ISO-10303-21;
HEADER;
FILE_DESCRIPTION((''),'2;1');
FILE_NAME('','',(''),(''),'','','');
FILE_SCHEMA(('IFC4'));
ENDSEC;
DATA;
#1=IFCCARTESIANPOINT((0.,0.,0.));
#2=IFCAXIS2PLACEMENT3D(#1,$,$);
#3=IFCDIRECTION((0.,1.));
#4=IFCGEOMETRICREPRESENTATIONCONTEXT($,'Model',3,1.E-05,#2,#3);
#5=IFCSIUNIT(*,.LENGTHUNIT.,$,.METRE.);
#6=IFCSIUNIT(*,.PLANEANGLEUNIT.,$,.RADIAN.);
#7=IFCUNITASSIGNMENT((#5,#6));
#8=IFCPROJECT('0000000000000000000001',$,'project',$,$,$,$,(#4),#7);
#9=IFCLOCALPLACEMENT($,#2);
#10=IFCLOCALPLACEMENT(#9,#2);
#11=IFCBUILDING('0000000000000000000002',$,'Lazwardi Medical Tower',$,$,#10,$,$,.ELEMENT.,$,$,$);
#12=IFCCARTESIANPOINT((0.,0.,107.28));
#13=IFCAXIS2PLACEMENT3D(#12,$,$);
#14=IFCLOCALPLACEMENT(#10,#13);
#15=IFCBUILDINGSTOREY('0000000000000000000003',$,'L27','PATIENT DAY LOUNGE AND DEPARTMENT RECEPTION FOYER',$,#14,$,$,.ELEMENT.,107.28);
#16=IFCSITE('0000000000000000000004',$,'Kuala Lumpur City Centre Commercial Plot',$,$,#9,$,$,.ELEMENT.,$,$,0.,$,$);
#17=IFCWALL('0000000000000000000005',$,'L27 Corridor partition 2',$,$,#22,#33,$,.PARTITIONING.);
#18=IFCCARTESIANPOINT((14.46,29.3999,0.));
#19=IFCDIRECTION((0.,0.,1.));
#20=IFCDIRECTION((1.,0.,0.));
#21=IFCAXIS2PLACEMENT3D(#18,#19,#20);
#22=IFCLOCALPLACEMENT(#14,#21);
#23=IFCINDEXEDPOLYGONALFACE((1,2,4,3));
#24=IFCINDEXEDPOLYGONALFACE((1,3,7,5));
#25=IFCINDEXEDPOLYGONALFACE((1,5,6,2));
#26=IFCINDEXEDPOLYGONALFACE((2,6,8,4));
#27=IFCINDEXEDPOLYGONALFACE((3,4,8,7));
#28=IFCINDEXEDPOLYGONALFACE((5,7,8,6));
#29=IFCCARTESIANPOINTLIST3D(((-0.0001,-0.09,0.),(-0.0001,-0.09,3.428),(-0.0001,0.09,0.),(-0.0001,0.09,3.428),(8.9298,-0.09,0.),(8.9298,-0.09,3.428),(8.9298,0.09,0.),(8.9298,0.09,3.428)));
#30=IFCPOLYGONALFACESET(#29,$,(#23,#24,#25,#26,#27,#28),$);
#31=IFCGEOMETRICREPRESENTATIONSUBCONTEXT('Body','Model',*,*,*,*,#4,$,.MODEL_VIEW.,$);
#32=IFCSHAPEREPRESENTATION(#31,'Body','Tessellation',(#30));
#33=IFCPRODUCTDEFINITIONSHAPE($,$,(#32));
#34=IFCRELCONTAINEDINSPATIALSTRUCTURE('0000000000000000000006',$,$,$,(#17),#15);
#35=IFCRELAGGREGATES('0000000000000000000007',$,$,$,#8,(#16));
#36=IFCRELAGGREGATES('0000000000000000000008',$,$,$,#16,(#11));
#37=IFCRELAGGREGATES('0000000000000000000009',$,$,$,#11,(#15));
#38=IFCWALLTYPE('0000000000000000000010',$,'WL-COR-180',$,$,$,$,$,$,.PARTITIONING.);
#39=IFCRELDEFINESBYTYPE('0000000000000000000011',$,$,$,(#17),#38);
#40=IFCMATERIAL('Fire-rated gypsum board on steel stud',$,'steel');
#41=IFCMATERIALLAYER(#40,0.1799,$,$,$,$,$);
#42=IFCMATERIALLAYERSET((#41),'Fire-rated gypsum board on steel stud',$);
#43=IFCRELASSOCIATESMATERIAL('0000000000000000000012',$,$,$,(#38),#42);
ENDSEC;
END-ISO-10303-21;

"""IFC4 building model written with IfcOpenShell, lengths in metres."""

from ifc_helpers import new_model, si_unit, direction, frame, frame_2d, origin, place, context, subcontext, project, spatial, rectangle, extrude, material, layer, layer_set, type_object, element, save


model = new_model("IFC4")

# Units and contexts
model_context = context("Model", 3, precision=1e-05, world=origin(), true_north=direction((0.0, 1.0)))
body_context = subcontext(model_context, "Body", "Model", "MODEL_VIEW")
ifc_project = project(units=[si_unit("LENGTHUNIT", "METRE"), si_unit("PLANEANGLEUNIT", "RADIAN")], contexts=[model_context])

# Site, building, storey
site_placement = place(None, origin())
site = spatial("IfcSite", under=ifc_project, at=site_placement, Name="Kuala Lumpur City Centre Commercial Plot", CompositionType="ELEMENT", RefElevation=0.0)
building_placement = place(site_placement, origin())
building = spatial("IfcBuilding", under=site, at=building_placement, Name="Lazwardi Medical Tower", CompositionType="ELEMENT")
storey_placement = place(building_placement, frame((0.0, 0.0, 107.28)))
storey = spatial("IfcBuildingStorey", under=building, at=storey_placement, Name="L27", Description="PATIENT DAY LOUNGE AND DEPARTMENT RECEPTION FOYER", CompositionType="ELEMENT", Elevation=107.28)

# Wall
ifc_material_1 = material(Name="Fire-rated gypsum board on steel stud", Category="steel")
ifc_layer_1 = layer(ifc_material_1, 0.1799)
ifc_layer_set_1 = layer_set([ifc_layer_1], Name="Fire-rated gypsum board on steel stud")
wall_type_1 = type_object("IfcWallType", Name="WL-COR-180", PredefinedType="PARTITIONING", material=ifc_layer_set_1)
wall_1_placement = place(storey_placement, frame((14.46, 29.3999, 0.0), z_axis=(0.0, 0.0, 1.0), x_axis=(1.0, 0.0, 0.0)))
element("IfcWall", 1, at=wall_1_placement, inside=storey, type_object=wall_type_1, Name="L27 Corridor partition 2", PredefinedType="PARTITIONING", context=body_context, shape_type="SweptSolid", body=[
    extrude(rectangle(XDim=8.9299, YDim=0.1799, at=frame_2d((4.4648, 0.0))), origin(), (0.0, 0.0, 1.0), 3.428),
])

save(model, "model.ifc")
